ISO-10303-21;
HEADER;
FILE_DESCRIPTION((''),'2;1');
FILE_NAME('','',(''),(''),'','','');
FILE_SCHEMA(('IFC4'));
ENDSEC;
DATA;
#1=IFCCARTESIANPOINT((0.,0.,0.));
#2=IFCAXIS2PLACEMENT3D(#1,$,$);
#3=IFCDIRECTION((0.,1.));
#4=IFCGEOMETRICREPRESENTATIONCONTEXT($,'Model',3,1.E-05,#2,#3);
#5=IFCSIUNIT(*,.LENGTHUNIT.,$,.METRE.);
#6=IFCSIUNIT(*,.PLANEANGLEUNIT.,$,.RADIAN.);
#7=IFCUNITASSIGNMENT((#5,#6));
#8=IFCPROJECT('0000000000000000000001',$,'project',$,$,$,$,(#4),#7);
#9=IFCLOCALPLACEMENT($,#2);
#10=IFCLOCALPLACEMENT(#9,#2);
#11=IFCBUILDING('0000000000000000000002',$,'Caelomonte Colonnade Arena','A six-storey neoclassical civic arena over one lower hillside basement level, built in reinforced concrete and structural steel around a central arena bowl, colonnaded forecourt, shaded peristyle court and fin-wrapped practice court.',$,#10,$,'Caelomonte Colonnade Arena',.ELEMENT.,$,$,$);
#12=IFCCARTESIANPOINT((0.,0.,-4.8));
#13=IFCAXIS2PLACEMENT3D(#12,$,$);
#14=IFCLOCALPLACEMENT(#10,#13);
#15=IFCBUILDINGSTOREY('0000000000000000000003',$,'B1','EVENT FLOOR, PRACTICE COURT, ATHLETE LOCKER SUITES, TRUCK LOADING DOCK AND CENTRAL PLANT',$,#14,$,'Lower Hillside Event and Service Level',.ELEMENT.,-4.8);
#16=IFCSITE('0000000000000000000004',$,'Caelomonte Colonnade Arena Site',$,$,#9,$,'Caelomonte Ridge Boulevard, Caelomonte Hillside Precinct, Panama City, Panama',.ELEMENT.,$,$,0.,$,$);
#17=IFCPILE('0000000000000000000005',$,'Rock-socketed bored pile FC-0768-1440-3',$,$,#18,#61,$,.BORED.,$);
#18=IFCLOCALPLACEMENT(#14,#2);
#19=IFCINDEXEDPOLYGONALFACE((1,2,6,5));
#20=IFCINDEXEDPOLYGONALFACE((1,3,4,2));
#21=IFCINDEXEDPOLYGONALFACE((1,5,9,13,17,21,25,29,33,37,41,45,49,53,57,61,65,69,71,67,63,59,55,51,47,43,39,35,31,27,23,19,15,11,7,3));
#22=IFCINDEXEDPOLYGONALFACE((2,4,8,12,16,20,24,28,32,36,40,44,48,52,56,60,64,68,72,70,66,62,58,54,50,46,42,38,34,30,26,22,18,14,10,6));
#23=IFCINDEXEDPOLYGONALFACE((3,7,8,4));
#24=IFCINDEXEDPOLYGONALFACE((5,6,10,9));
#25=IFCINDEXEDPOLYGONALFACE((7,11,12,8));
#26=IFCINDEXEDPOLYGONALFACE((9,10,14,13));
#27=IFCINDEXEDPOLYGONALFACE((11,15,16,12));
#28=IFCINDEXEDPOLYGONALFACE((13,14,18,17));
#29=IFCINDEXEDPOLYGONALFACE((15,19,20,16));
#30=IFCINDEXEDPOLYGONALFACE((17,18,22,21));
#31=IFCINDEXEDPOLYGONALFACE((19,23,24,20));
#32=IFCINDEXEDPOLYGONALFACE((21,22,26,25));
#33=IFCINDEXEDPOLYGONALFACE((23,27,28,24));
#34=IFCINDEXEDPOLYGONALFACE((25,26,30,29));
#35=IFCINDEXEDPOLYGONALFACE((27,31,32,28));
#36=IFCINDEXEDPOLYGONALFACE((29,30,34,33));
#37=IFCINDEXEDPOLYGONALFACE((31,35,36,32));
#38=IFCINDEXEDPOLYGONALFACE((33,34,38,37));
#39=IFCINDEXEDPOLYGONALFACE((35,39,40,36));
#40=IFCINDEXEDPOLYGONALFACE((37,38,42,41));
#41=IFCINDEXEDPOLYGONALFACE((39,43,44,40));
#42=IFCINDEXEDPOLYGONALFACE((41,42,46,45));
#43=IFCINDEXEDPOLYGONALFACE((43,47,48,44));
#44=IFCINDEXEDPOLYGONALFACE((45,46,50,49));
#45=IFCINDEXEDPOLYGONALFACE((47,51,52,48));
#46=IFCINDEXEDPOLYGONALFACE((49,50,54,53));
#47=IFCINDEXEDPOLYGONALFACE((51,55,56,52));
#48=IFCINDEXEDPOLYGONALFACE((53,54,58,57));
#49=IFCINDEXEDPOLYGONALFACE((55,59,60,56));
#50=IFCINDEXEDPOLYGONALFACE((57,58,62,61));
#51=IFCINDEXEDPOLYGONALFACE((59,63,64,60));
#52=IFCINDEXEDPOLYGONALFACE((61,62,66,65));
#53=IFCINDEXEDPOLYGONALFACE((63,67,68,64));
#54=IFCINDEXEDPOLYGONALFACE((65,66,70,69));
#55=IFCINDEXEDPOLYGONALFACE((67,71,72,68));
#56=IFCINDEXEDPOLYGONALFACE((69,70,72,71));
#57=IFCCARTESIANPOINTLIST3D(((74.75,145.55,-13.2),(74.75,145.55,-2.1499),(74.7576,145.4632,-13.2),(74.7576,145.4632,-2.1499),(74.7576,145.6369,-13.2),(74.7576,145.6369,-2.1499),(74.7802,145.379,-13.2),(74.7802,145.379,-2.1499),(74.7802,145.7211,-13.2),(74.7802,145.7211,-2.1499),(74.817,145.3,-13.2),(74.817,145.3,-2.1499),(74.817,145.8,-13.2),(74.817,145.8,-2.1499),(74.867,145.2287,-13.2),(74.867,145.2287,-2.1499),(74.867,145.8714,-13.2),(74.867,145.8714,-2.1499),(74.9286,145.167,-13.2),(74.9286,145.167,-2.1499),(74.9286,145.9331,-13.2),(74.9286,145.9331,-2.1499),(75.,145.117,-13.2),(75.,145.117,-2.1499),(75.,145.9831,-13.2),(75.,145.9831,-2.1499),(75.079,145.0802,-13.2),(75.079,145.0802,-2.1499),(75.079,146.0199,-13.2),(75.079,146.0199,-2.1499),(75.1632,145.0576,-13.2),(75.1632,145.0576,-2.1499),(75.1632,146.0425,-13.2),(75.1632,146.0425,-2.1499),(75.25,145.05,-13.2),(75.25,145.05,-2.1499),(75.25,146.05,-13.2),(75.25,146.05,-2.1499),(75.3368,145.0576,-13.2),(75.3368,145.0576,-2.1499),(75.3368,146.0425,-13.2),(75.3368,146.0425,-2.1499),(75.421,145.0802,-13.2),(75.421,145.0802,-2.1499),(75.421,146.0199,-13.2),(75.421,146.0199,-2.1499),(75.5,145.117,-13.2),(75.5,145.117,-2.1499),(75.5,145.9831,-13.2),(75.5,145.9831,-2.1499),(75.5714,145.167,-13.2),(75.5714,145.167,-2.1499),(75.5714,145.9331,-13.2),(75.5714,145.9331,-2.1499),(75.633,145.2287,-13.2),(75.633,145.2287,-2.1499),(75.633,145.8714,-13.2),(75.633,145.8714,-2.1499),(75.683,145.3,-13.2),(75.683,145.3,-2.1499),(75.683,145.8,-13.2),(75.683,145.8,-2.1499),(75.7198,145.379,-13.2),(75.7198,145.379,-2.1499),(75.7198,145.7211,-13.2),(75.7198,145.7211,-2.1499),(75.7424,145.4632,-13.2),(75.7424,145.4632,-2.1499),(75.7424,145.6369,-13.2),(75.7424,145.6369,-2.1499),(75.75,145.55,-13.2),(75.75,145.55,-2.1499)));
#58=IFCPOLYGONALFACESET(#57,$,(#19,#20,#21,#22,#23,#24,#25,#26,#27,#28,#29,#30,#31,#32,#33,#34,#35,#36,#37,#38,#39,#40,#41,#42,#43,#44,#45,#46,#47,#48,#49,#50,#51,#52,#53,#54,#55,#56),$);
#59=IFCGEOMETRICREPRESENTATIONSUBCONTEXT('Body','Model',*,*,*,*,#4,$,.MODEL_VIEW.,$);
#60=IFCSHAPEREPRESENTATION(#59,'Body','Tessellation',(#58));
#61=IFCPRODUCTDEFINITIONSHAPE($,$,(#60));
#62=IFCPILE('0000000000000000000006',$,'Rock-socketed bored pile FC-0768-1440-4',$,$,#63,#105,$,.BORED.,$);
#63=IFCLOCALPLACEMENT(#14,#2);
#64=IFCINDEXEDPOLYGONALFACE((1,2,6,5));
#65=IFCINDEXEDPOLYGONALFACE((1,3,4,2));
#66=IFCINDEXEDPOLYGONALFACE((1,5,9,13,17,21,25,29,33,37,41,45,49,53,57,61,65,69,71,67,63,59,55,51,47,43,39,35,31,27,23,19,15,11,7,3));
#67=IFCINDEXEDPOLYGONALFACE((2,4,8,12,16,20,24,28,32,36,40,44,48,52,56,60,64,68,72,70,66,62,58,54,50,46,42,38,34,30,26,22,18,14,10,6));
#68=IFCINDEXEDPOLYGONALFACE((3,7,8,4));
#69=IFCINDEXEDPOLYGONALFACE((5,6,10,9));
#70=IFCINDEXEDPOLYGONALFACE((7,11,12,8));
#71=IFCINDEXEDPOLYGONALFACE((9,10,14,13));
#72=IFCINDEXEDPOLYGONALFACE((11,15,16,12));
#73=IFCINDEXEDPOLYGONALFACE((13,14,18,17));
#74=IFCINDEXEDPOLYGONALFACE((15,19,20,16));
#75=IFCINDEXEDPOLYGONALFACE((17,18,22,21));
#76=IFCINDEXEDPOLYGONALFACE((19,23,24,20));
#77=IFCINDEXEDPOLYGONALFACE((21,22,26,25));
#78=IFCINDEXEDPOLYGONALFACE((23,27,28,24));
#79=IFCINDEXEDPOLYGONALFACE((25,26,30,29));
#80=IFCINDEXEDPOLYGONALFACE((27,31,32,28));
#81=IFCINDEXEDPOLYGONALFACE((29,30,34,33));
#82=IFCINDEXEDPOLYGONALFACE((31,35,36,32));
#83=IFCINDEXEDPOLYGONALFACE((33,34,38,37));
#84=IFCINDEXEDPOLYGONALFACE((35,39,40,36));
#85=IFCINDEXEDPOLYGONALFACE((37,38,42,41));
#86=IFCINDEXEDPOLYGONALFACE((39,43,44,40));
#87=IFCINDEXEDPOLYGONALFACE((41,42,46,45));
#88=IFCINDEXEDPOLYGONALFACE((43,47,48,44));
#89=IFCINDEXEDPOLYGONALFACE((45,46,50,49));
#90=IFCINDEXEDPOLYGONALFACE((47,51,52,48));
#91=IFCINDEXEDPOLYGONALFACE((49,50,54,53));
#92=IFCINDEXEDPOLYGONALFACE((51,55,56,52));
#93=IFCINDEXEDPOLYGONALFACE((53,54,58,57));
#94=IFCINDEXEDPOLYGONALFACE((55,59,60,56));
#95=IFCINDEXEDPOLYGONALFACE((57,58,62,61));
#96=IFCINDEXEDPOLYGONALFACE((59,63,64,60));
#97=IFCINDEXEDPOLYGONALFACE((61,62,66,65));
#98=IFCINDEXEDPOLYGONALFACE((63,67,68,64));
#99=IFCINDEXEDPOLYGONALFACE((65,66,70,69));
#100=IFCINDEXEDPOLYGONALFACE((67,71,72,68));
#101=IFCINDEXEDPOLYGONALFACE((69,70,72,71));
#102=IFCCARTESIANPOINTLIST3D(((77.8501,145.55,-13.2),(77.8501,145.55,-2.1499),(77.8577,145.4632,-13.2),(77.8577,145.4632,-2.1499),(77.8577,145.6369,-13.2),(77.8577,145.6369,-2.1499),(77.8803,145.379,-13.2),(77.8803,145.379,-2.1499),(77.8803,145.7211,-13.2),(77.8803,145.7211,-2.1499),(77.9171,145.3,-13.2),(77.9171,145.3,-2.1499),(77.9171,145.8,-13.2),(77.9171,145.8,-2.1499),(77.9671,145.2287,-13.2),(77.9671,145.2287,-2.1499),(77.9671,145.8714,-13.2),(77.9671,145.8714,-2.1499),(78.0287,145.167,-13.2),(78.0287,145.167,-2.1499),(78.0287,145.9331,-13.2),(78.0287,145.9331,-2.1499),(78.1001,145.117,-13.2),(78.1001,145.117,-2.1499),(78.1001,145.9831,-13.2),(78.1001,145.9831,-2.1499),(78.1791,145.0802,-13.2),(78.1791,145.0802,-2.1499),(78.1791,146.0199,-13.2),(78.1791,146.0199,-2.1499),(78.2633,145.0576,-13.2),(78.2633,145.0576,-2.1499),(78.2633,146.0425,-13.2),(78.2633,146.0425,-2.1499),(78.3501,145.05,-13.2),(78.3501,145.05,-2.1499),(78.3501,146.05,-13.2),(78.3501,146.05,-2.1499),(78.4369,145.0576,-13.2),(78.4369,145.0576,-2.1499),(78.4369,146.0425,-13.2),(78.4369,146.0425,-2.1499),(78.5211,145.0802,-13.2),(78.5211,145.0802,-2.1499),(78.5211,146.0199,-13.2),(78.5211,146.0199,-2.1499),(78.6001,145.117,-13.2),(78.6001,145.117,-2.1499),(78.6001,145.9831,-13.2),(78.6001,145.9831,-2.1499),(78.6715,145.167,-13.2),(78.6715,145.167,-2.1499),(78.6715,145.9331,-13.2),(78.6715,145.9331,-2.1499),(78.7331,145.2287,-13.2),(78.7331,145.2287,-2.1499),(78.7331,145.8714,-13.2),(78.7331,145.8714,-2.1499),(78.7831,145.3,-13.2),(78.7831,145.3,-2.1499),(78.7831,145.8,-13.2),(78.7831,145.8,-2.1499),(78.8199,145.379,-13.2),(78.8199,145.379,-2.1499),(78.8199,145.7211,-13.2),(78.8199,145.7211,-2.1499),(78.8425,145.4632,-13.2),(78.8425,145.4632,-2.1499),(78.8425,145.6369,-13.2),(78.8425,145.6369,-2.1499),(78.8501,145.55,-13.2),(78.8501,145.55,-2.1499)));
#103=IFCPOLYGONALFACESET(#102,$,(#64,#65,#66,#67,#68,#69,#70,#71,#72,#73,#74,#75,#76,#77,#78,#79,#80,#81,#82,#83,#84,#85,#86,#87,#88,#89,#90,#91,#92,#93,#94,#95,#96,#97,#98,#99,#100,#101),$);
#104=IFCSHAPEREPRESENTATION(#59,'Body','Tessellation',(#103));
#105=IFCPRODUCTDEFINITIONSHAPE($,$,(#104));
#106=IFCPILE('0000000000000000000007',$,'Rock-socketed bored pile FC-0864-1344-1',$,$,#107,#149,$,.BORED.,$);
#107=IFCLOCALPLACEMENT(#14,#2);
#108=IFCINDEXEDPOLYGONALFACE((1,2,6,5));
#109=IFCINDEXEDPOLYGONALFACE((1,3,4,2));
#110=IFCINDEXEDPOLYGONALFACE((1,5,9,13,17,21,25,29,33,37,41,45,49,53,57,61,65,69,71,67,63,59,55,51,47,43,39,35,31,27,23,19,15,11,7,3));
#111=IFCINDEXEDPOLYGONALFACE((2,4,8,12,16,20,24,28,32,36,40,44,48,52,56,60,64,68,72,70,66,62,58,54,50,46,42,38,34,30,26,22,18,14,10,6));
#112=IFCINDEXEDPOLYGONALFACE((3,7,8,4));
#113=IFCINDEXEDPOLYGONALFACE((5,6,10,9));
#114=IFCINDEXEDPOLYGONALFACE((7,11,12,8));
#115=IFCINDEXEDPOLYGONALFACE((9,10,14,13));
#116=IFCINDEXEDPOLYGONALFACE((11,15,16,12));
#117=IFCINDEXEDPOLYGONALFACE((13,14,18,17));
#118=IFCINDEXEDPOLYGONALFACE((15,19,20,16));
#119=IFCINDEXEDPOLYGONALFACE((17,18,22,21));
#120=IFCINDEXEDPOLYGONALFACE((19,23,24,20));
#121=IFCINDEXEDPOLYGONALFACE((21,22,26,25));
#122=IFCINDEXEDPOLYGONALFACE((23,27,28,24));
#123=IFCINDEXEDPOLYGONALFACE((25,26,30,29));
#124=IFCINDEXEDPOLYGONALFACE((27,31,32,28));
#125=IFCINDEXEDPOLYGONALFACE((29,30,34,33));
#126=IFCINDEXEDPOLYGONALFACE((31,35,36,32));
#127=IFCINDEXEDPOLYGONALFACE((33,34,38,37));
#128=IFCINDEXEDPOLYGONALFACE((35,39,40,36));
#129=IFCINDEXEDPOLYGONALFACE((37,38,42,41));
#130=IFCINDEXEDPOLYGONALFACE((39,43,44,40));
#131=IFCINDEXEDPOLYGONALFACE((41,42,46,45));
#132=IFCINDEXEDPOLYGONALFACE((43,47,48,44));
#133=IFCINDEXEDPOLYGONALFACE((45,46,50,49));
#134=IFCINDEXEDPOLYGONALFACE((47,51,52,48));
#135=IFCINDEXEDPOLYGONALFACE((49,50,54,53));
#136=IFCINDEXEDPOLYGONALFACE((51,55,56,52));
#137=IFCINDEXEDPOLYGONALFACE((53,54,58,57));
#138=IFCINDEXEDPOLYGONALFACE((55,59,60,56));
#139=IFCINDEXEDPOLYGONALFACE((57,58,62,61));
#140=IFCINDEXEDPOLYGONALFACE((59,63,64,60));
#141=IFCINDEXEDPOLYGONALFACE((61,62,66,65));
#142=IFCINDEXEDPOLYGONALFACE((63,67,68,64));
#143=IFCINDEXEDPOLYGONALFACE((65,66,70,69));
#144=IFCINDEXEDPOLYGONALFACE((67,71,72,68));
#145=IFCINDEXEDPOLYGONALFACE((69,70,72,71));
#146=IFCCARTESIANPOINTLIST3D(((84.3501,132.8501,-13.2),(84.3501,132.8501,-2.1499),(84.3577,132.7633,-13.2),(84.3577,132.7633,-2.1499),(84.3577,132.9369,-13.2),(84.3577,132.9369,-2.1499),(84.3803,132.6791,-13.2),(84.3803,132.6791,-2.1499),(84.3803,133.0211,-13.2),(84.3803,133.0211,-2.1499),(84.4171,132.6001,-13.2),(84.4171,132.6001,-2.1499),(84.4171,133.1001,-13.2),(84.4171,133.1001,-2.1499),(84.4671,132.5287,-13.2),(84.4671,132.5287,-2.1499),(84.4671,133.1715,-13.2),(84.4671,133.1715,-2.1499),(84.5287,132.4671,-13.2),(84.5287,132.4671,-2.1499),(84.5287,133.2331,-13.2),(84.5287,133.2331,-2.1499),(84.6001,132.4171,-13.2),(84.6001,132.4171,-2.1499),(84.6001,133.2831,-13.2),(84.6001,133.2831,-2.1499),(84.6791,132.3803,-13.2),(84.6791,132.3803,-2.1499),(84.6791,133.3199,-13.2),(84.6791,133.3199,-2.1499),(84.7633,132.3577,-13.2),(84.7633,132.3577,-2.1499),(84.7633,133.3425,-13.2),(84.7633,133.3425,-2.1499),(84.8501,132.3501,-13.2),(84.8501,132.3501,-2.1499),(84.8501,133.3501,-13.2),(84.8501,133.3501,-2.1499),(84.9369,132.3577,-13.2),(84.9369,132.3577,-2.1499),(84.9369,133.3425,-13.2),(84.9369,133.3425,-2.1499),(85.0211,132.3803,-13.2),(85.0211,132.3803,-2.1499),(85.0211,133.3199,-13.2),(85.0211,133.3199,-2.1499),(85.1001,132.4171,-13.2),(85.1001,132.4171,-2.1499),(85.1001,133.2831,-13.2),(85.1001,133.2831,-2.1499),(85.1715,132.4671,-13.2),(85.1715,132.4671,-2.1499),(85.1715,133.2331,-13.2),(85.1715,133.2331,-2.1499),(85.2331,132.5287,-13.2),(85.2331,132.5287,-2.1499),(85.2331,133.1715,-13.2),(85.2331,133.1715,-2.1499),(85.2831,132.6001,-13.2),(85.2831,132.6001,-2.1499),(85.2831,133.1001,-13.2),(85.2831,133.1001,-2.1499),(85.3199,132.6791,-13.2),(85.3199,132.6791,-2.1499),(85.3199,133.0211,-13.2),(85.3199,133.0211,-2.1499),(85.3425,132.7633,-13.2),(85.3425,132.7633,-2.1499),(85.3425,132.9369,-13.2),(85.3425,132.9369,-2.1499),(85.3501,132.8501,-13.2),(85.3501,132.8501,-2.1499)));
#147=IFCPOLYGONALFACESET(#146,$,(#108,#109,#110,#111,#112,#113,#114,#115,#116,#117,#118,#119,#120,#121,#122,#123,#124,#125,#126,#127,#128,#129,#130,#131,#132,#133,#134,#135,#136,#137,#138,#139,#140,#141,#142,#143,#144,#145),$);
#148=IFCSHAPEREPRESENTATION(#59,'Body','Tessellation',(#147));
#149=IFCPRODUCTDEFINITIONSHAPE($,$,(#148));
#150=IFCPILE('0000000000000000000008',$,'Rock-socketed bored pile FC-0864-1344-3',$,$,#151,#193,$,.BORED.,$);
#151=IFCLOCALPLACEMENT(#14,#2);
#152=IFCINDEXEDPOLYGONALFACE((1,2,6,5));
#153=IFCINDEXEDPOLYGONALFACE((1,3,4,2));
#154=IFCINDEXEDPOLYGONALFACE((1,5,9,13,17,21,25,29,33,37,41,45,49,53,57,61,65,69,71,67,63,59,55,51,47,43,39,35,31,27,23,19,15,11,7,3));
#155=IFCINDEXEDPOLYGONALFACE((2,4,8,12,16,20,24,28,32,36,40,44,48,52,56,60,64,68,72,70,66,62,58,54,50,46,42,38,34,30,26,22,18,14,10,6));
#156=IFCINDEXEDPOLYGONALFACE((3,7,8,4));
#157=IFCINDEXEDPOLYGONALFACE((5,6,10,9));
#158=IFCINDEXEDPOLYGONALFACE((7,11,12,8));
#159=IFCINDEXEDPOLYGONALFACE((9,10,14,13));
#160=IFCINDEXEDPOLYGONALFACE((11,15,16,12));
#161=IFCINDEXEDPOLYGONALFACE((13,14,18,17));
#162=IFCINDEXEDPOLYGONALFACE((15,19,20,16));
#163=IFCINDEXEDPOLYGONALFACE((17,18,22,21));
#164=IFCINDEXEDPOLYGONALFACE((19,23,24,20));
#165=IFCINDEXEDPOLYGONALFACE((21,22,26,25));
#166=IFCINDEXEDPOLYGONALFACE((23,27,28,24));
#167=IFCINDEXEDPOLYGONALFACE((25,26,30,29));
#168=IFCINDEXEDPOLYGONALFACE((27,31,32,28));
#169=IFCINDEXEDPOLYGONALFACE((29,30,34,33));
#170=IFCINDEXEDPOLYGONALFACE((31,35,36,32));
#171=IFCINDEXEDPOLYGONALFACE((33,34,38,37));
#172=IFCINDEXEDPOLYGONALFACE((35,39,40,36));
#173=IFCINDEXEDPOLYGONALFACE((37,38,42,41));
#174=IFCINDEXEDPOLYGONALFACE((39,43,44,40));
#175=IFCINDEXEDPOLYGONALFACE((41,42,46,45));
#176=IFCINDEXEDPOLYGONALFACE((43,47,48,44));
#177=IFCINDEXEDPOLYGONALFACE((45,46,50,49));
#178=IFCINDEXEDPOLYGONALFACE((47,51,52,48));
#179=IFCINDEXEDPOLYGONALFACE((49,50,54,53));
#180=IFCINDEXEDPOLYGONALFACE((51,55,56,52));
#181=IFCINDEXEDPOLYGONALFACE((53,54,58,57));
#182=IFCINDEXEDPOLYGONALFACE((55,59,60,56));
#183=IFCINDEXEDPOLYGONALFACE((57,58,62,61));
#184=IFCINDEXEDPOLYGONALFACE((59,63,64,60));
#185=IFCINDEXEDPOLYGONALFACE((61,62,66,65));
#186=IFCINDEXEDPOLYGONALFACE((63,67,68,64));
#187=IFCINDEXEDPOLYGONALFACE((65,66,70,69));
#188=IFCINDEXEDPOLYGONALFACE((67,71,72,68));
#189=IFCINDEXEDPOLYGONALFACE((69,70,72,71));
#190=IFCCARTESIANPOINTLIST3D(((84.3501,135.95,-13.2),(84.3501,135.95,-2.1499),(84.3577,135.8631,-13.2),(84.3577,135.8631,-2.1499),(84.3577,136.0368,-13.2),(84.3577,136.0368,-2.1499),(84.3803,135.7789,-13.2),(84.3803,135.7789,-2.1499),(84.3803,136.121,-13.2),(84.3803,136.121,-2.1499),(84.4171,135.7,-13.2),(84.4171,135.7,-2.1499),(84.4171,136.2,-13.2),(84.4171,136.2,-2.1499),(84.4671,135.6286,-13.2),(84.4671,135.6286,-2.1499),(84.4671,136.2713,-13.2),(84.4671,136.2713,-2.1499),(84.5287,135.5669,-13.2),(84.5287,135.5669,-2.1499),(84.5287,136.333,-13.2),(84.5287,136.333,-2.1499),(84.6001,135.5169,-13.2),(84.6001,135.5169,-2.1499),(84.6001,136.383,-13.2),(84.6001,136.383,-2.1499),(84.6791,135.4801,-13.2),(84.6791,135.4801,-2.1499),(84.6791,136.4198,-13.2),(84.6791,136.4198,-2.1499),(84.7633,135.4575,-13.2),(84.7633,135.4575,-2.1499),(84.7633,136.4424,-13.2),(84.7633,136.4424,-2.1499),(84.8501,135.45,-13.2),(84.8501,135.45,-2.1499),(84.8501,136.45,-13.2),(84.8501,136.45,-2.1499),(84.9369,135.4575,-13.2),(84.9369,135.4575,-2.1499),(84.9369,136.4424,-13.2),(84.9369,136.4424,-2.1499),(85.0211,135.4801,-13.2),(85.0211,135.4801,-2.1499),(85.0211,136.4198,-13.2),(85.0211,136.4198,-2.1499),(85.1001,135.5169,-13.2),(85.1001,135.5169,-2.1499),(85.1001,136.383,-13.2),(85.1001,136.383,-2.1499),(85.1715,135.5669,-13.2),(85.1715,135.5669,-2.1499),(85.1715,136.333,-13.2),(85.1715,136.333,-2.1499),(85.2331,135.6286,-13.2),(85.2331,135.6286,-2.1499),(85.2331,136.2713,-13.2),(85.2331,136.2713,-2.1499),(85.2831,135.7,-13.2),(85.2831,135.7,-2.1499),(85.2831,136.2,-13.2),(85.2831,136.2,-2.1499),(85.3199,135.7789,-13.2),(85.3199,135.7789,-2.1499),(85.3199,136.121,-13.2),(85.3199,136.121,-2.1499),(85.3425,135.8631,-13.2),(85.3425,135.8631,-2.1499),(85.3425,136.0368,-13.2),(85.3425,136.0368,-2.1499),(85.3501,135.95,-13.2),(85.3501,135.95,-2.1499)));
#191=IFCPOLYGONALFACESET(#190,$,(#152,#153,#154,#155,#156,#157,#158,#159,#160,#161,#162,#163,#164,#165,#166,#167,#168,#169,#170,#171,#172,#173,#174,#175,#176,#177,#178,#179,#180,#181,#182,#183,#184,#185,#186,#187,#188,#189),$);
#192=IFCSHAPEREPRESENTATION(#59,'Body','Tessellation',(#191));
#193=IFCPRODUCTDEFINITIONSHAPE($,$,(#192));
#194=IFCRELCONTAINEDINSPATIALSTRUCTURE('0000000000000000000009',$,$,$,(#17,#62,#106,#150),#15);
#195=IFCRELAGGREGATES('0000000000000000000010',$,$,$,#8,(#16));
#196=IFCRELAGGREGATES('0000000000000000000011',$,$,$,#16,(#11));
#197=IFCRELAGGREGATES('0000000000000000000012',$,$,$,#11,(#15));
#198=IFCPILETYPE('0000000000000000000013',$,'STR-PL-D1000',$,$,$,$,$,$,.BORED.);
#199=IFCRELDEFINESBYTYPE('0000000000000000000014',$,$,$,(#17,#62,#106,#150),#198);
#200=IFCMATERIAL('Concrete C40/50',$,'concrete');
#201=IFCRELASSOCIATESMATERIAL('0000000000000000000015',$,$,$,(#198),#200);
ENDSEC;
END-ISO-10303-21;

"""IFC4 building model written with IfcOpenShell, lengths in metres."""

from ifc_helpers import new_model, si_unit, direction, frame, origin, origin_2d, place, context, subcontext, project, spatial, circle, extrude, material, material_profile, profile_set, type_object, element, save


model = new_model("IFC4")

# Units and contexts
model_context = context("Model", 3, precision=1e-05, world=origin(), true_north=direction((0.0, 1.0)))
body_context = subcontext(model_context, "Body", "Model", "MODEL_VIEW")
ifc_project = project(units=[si_unit("LENGTHUNIT", "METRE"), si_unit("PLANEANGLEUNIT", "RADIAN")], contexts=[model_context])

# Site, building, storey
site_placement = place(None, origin())
site = spatial("IfcSite", under=ifc_project, at=site_placement, Name="Caelomonte Colonnade Arena Site", LongName="Caelomonte Ridge Boulevard, Caelomonte Hillside Precinct, Panama City, Panama", CompositionType="ELEMENT", RefElevation=0.0)
building_placement = place(site_placement, origin())
building = spatial("IfcBuilding", under=site, at=building_placement, Name="Caelomonte Colonnade Arena", Description="A six-storey neoclassical civic arena over one lower hillside basement level, built in reinforced concrete and structural steel around a central arena bowl, colonnaded forecourt, shaded peristyle court and fin-wrapped practice court.", LongName="Caelomonte Colonnade Arena", CompositionType="ELEMENT")
storey_placement = place(building_placement, frame((0.0, 0.0, -4.8)))
storey = spatial("IfcBuildingStorey", under=building, at=storey_placement, Name="B1", Description="EVENT FLOOR, PRACTICE COURT, ATHLETE LOCKER SUITES, TRUCK LOADING DOCK AND CENTRAL PLANT", LongName="Lower Hillside Event and Service Level", CompositionType="ELEMENT", Elevation=-4.8)

# Shared definitions
ifc_material_1 = material(Name="Concrete C40/50", Category="concrete")

# Piles
ifc_material_profile_1 = material_profile(ifc_material_1, circle(Radius=0.5, at=origin_2d()), Name="PILE-D1000")
ifc_profile_set_1 = profile_set([ifc_material_profile_1], Name="Concrete C40/50")
pile_type = type_object("IfcPileType", Name="STR-PL-D1000", PredefinedType="BORED", material=ifc_profile_set_1)
for number, where, z_axis, x_axis, name in (
    (1, (75.25, 145.55, -2.1499), (0.0, 0.0, -1.0), (1.0, 0.0, 0.0), "Rock-socketed bored pile FC-0768-1440-3"),
    (2, (78.3501, 145.55, -2.1499), (0.0, 0.0, -1.0), (1.0, 0.0, 0.0), "Rock-socketed bored pile FC-0768-1440-4"),
    (3, (84.8501, 132.8501, -2.1499), (0.0, 0.0, -1.0), (1.0, 0.0, 0.0), "Rock-socketed bored pile FC-0864-1344-1"),
    (4, (84.8501, 135.95, -2.1499), (0.0, 0.0, -1.0), (1.0, 0.0, 0.0), "Rock-socketed bored pile FC-0864-1344-3"),
):
    element("IfcPile", number, at=place(storey_placement, frame(where, z_axis=z_axis, x_axis=x_axis)), inside=storey, type_object=pile_type, Name=name, PredefinedType="BORED", context=body_context, shape_type="SweptSolid", body=[
        extrude(circle(Radius=0.5, at=origin_2d()), origin(), (0.0, 0.0, 1.0), 11.05),
    ])

save(model, "model.ifc")
